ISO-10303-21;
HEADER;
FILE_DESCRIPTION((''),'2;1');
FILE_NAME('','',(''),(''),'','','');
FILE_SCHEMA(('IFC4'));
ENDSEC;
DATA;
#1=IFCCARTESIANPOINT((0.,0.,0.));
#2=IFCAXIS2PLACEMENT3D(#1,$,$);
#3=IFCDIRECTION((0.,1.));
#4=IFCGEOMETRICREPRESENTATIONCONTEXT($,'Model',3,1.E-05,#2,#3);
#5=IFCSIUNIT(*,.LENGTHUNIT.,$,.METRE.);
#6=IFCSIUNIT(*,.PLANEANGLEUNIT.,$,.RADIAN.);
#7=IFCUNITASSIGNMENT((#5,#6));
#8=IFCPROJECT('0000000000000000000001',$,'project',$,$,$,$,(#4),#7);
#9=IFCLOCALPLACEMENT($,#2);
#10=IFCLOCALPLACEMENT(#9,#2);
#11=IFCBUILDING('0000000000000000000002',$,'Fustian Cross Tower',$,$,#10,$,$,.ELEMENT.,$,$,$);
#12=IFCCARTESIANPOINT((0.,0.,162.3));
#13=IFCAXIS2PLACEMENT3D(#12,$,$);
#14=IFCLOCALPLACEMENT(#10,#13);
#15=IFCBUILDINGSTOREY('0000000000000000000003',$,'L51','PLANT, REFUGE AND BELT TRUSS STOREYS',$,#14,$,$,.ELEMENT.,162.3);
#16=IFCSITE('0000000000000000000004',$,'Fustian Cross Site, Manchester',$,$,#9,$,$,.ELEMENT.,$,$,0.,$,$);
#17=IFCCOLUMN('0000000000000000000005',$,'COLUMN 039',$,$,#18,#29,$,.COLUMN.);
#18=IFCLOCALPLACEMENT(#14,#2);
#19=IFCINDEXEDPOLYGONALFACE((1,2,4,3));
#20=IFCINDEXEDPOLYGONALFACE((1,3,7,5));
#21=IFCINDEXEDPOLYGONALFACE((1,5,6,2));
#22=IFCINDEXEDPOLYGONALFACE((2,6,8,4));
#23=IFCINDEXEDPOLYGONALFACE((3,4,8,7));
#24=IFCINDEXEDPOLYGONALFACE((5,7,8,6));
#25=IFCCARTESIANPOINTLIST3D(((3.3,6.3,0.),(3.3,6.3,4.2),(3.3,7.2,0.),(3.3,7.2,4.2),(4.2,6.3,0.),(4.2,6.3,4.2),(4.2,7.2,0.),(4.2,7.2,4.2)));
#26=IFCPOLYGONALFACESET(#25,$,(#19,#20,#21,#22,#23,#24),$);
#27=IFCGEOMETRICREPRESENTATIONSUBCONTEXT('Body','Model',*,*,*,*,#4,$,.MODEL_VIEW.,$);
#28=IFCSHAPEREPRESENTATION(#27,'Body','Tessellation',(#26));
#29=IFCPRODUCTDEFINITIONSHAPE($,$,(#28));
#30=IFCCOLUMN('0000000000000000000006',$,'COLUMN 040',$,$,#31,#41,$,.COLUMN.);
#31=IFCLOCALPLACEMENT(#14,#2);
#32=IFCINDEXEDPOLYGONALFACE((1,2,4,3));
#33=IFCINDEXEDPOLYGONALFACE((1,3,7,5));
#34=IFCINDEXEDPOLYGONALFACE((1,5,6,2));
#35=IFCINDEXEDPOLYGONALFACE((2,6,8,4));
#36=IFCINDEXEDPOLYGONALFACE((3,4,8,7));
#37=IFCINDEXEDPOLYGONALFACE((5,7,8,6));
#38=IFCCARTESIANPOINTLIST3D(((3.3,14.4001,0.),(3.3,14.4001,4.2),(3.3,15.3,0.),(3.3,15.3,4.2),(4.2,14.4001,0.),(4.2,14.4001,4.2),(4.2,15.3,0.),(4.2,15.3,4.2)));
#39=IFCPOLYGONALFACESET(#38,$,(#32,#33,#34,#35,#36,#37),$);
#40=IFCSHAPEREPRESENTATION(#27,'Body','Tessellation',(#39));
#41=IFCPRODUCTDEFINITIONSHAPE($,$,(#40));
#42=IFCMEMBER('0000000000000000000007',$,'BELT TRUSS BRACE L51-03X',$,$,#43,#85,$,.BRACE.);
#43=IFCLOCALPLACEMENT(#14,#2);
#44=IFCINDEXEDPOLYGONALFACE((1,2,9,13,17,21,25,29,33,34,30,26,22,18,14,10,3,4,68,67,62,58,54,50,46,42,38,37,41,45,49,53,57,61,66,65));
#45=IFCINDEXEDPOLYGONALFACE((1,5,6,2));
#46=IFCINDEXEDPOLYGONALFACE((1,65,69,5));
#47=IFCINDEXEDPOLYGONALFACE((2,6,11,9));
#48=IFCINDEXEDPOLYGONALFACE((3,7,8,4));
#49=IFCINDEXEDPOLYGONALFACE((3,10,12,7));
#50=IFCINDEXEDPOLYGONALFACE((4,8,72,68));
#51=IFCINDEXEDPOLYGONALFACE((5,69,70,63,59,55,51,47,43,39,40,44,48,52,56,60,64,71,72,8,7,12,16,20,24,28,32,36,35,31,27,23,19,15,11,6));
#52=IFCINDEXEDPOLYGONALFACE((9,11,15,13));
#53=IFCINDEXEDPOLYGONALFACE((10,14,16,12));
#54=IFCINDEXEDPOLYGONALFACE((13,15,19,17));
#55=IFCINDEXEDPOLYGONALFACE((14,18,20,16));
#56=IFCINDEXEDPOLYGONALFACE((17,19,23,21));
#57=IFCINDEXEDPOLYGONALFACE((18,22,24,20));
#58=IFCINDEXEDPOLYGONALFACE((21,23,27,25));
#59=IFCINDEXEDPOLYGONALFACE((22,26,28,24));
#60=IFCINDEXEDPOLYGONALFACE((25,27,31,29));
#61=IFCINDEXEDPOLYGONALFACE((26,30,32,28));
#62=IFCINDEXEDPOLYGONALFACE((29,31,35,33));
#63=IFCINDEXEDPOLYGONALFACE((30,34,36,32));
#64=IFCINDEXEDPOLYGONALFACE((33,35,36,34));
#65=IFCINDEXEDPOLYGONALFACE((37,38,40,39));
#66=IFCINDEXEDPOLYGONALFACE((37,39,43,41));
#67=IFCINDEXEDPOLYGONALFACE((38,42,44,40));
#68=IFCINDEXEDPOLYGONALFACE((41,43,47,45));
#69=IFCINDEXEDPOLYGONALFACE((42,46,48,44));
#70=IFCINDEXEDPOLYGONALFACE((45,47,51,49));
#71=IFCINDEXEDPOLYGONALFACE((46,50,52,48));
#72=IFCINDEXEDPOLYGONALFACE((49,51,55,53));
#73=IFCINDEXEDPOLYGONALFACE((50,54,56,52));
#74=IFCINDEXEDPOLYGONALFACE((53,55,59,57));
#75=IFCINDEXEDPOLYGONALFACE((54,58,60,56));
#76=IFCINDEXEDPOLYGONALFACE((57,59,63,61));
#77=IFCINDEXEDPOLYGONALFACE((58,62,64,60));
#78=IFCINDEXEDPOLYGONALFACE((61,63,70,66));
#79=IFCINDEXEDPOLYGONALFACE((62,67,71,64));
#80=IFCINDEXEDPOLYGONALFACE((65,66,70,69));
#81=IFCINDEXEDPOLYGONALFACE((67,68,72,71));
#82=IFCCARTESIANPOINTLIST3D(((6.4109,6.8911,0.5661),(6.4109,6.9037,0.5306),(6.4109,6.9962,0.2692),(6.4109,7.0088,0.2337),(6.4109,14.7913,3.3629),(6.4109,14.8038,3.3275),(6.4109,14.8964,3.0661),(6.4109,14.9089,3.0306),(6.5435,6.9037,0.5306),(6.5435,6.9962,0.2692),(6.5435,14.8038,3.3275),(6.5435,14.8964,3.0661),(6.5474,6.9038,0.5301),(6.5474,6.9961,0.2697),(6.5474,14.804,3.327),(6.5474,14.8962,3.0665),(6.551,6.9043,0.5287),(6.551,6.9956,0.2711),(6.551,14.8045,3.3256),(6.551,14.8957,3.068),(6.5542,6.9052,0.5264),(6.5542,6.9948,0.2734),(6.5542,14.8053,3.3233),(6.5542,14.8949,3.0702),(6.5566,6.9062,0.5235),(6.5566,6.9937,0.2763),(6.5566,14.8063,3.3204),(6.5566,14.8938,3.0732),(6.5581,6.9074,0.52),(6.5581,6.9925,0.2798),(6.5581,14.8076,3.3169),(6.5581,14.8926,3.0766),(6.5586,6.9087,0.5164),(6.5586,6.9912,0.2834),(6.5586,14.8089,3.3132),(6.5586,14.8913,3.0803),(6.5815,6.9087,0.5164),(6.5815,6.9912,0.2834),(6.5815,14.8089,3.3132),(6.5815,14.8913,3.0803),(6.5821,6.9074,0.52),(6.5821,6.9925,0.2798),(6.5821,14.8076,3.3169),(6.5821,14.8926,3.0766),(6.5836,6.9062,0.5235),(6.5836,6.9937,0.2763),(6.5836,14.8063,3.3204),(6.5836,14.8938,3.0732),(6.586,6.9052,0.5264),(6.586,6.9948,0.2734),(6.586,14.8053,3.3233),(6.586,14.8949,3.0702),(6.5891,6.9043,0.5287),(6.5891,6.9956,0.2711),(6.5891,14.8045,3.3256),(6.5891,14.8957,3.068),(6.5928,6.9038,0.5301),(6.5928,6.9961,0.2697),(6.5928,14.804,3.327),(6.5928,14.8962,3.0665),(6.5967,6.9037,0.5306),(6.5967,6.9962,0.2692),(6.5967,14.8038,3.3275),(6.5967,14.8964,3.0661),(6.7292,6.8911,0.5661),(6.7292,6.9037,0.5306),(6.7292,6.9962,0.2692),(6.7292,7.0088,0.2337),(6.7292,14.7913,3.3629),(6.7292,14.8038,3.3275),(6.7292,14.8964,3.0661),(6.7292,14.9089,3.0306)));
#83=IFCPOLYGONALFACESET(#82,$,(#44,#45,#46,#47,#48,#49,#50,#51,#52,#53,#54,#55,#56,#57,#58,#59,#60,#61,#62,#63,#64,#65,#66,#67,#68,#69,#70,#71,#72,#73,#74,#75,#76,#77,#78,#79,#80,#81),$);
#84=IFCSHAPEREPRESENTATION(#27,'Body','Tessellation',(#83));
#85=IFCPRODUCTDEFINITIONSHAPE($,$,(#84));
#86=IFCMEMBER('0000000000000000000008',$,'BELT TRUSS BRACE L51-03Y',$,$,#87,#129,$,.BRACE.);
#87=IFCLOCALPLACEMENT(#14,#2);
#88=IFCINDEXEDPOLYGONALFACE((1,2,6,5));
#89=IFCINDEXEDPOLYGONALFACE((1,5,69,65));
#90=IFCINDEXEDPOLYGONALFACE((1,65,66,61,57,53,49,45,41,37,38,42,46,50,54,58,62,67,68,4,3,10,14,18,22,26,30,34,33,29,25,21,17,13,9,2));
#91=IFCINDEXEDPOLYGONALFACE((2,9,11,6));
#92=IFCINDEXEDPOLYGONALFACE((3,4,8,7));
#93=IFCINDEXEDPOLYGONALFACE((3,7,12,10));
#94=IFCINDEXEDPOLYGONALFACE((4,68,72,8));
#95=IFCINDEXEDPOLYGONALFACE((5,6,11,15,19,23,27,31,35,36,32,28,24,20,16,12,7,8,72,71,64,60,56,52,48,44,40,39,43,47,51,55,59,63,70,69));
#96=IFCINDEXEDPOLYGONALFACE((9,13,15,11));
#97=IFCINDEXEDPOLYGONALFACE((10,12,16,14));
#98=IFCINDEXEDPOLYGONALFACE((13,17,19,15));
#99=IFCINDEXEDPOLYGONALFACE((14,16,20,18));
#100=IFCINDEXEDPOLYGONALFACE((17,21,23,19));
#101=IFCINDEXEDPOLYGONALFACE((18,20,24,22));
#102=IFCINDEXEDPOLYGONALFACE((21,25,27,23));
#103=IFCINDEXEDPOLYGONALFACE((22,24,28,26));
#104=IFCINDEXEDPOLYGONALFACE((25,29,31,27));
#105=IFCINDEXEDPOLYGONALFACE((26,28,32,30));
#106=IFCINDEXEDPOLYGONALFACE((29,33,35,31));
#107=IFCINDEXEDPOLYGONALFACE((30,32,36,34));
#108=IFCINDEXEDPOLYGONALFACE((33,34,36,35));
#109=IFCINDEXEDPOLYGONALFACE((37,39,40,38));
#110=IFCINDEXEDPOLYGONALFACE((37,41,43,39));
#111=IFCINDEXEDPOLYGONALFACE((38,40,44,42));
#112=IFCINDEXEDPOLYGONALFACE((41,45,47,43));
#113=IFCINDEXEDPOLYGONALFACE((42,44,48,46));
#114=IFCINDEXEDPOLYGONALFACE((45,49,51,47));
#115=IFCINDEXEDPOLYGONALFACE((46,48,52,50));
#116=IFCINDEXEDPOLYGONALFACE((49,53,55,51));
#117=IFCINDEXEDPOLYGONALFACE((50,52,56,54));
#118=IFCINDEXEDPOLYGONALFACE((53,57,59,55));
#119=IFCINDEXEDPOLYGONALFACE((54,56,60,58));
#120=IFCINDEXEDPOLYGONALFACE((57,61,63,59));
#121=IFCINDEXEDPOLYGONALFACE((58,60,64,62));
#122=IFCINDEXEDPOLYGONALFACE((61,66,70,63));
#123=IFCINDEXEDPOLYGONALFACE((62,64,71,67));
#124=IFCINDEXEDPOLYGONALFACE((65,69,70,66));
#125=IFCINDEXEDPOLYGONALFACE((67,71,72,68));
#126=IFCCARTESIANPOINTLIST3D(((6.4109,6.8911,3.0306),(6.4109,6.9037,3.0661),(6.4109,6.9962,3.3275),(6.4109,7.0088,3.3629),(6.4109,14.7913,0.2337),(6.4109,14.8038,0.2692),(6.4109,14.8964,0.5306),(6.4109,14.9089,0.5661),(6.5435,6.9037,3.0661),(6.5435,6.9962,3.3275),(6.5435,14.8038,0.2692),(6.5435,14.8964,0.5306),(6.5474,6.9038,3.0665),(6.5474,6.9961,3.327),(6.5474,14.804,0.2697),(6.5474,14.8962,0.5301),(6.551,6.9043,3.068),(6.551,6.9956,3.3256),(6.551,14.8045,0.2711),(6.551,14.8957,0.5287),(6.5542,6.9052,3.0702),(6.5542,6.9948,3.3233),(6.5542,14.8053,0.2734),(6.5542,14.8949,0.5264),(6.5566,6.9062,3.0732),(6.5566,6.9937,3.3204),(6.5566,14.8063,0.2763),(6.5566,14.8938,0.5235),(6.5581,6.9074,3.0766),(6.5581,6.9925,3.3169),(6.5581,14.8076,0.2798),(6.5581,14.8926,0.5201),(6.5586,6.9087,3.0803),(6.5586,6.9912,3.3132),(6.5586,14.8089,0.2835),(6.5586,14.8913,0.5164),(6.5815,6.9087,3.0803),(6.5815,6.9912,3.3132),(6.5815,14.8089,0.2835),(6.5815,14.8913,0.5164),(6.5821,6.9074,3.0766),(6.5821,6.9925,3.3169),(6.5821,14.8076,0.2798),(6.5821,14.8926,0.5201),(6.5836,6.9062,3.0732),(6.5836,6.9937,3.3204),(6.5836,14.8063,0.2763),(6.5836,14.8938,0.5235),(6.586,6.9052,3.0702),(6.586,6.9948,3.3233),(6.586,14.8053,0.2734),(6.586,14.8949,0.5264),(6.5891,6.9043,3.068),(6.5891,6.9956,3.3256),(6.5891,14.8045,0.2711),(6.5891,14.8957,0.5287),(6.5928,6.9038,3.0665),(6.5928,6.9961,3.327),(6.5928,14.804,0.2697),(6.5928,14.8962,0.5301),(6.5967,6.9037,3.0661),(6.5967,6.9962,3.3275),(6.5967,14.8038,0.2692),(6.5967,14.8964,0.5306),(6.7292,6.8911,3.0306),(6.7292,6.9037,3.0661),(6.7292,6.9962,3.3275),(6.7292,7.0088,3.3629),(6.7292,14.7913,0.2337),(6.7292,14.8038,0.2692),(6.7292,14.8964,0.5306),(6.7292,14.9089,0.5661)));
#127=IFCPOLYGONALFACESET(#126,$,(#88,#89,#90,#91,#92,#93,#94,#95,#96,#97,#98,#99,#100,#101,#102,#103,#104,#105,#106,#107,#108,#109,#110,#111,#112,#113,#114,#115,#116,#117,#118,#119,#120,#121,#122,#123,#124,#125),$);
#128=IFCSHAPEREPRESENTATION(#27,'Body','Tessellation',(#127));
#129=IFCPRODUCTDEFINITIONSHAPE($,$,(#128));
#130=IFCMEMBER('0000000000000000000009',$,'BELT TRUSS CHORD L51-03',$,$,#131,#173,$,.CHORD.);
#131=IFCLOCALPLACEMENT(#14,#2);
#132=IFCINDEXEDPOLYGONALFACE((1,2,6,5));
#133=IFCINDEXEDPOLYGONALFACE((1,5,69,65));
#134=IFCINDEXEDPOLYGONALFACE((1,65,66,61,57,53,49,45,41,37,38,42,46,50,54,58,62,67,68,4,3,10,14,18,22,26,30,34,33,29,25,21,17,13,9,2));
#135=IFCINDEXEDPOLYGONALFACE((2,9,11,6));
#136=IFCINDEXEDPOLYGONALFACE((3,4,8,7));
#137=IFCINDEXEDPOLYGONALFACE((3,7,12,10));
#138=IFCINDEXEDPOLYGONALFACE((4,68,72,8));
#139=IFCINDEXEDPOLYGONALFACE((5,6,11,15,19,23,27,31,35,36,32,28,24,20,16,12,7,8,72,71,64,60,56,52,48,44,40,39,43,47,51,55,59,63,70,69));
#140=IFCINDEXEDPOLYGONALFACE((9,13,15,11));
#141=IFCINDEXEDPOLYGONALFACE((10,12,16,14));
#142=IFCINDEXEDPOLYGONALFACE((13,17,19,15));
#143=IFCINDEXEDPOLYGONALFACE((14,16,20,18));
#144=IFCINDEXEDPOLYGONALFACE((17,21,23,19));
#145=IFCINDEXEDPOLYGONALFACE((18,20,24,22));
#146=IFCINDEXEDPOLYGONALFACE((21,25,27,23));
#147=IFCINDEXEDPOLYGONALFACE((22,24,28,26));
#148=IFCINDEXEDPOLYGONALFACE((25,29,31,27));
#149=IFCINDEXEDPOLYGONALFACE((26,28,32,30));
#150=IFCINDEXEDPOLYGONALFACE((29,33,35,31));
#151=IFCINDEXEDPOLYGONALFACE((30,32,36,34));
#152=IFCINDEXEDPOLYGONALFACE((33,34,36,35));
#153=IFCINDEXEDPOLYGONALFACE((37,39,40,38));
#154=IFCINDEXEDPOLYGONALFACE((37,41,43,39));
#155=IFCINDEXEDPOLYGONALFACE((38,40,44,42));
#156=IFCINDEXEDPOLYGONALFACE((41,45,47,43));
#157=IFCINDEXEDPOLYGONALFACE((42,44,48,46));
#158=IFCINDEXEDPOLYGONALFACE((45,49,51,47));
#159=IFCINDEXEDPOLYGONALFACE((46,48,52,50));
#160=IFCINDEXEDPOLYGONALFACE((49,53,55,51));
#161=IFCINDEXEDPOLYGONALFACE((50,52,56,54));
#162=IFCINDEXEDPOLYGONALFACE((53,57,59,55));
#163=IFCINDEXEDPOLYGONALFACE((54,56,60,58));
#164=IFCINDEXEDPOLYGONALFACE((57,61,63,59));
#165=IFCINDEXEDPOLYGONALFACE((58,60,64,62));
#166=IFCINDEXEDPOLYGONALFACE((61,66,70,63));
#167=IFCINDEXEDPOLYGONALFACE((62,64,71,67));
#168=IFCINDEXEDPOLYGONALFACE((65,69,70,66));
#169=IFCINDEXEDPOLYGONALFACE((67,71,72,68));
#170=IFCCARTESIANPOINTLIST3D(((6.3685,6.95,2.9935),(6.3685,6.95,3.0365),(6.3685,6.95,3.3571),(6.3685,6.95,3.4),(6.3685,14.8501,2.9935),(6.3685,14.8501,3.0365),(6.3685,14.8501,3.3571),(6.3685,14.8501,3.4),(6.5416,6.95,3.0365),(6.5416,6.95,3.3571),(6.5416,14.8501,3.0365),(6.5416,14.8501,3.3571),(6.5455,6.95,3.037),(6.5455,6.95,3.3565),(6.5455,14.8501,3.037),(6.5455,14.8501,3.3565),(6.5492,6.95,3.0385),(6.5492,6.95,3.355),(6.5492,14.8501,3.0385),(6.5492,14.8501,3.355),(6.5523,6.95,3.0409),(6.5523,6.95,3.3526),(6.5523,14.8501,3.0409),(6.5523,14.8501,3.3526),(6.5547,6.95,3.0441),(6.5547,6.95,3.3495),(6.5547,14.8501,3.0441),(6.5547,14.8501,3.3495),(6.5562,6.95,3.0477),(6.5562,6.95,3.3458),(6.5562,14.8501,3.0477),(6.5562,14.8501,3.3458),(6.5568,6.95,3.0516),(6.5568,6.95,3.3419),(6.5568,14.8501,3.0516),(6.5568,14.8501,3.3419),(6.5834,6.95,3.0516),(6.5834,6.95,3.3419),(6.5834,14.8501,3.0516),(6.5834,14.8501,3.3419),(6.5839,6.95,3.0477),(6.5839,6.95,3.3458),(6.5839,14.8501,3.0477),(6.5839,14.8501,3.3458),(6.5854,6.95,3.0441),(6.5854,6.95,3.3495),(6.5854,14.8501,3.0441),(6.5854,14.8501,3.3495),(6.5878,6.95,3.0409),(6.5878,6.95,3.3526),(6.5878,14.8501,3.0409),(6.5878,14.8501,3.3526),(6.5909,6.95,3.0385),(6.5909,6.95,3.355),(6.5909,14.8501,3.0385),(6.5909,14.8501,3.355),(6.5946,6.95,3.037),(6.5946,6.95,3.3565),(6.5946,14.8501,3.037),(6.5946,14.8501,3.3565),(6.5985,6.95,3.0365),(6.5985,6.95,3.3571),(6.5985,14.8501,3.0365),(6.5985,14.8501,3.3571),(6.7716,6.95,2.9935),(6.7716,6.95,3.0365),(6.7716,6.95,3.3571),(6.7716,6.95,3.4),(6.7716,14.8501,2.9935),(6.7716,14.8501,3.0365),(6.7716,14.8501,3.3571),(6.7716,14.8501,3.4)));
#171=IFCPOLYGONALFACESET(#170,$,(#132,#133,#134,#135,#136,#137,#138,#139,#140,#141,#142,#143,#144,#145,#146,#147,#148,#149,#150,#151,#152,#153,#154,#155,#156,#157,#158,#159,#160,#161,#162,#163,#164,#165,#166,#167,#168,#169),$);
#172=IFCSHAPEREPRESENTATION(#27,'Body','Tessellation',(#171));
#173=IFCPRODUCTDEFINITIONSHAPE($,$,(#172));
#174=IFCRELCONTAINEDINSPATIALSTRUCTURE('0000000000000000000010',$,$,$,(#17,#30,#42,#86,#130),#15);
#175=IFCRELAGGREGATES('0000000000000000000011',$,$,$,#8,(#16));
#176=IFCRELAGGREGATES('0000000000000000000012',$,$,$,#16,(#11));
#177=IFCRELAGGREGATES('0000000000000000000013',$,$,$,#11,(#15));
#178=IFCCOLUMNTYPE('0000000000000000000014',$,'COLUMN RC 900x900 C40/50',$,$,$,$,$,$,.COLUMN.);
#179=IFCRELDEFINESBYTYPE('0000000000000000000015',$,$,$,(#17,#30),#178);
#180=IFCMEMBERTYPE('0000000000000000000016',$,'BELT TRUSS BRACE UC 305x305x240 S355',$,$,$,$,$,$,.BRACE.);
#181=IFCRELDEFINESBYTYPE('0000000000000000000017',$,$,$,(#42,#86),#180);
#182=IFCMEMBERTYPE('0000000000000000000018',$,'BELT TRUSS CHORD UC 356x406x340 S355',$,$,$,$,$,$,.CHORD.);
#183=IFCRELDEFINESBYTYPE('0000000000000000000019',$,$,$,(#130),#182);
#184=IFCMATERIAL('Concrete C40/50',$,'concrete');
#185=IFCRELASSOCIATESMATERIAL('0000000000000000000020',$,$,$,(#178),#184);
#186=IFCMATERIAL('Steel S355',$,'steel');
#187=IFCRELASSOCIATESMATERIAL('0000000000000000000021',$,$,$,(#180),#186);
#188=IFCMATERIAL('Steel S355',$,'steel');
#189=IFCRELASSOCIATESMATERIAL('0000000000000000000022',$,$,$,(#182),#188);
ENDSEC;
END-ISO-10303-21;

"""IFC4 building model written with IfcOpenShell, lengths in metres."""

from ifc_helpers import new_model, si_unit, direction, frame, origin, origin_2d, place, context, subcontext, project, spatial, rectangle, i_section, extrude, material, material_profile, profile_set, type_object, element, save


model = new_model("IFC4")

# Units and contexts
model_context = context("Model", 3, precision=1e-05, world=origin(), true_north=direction((0.0, 1.0)))
body_context = subcontext(model_context, "Body", "Model", "MODEL_VIEW")
ifc_project = project(units=[si_unit("LENGTHUNIT", "METRE"), si_unit("PLANEANGLEUNIT", "RADIAN")], contexts=[model_context])

# Site, building, storey
site_placement = place(None, origin())
site = spatial("IfcSite", under=ifc_project, at=site_placement, Name="Fustian Cross Site, Manchester", CompositionType="ELEMENT", RefElevation=0.0)
building_placement = place(site_placement, origin())
building = spatial("IfcBuilding", under=site, at=building_placement, Name="Fustian Cross Tower", CompositionType="ELEMENT")
storey_placement = place(building_placement, frame((0.0, 0.0, 162.3)))
storey = spatial("IfcBuildingStorey", under=building, at=storey_placement, Name="L51", Description="PLANT, REFUGE AND BELT TRUSS STOREYS", CompositionType="ELEMENT", Elevation=162.3)

# Columns
ifc_material_1 = material(Name="Concrete C40/50", Category="concrete")
ifc_material_profile_1 = material_profile(ifc_material_1, rectangle(XDim=0.8999, YDim=0.8999, at=origin_2d()), Name="RC 900x900")
ifc_profile_set_1 = profile_set([ifc_material_profile_1], Name="Concrete C40/50")
column_type = type_object("IfcColumnType", Name="COLUMN RC 900x900 C40/50", PredefinedType="COLUMN", material=ifc_profile_set_1)
for number, where, z_axis, x_axis, name in (
    (1, (3.75, 6.75, 0.0), (0.0, 0.0, 1.0), (1.0, 0.0, 0.0), "COLUMN 039"),
    (2, (3.75, 14.8501, 0.0), (0.0, 0.0, 1.0), (1.0, 0.0, 0.0), "COLUMN 040"),
):
    element("IfcColumn", number, at=place(storey_placement, frame(where, z_axis=z_axis, x_axis=x_axis)), inside=storey, type_object=column_type, Name=name, PredefinedType="COLUMN", context=body_context, shape_type="SweptSolid", body=[
        extrude(rectangle(XDim=0.8999, YDim=0.8999, at=origin_2d()), origin(), (0.0, 0.0, 1.0), 4.2),
    ])

# Members
ifc_material_2 = material(Name="Steel S355", Category="steel")
ifc_material_profile_2 = material_profile(ifc_material_2, i_section(OverallWidth=0.3184, OverallDepth=0.3525, WebThickness=0.0229, FlangeThickness=0.0376, FilletRadius=0.0151, at=origin_2d()), Name="UC 305x305x240")
ifc_profile_set_2 = profile_set([ifc_material_profile_2], Name="Steel S355")
member_type_1 = type_object("IfcMemberType", Name="BELT TRUSS BRACE UC 305x305x240 S355", PredefinedType="BRACE", material=ifc_profile_set_2)
for number, where, z_axis, x_axis, name in (
    (3, (6.5701, 6.95, 0.3999), (0.0, 0.942668, 0.333731), (-1.0, 0.0, 0.0), "BELT TRUSS BRACE L51-03X"),
    (4, (6.5701, 6.95, 3.1968), (0.0, 0.942668, -0.333731), (-1.0, 0.0, 0.0), "BELT TRUSS BRACE L51-03Y"),
):
    element("IfcMember", number, at=place(storey_placement, frame(where, z_axis=z_axis, x_axis=x_axis)), inside=storey, type_object=member_type_1, Name=name, PredefinedType="BRACE", context=body_context, shape_type="SweptSolid", body=[
        extrude(i_section(OverallWidth=0.3184, OverallDepth=0.3525, WebThickness=0.0229, FlangeThickness=0.0376, FilletRadius=0.0151, at=origin_2d()), origin(), (0.0, 0.0, 1.0), 8.3806),
    ])
ifc_material_3 = material(Name="Steel S355", Category="steel")
ifc_material_profile_3 = material_profile(ifc_material_3, i_section(OverallWidth=0.4031, OverallDepth=0.4065, WebThickness=0.0266, FlangeThickness=0.043, FilletRadius=0.0151, at=origin_2d()), Name="UC 356x406x340")
ifc_profile_set_3 = profile_set([ifc_material_profile_3], Name="Steel S355")
member_type_2 = type_object("IfcMemberType", Name="BELT TRUSS CHORD UC 356x406x340 S355", PredefinedType="CHORD", material=ifc_profile_set_3)
for number, where, z_axis, x_axis, name in (
    (5, (6.5701, 6.95, 3.1968), (0.0, 1.0, 0.0), (-1.0, 0.0, 0.0), "BELT TRUSS CHORD L51-03"),
):
    element("IfcMember", number, at=place(storey_placement, frame(where, z_axis=z_axis, x_axis=x_axis)), inside=storey, type_object=member_type_2, Name=name, PredefinedType="CHORD", context=body_context, shape_type="SweptSolid", body=[
        extrude(i_section(OverallWidth=0.4031, OverallDepth=0.4065, WebThickness=0.0266, FlangeThickness=0.043, FilletRadius=0.0151, at=origin_2d()), origin(), (0.0, 0.0, 1.0), 7.9001),
    ])

save(model, "model.ifc")
